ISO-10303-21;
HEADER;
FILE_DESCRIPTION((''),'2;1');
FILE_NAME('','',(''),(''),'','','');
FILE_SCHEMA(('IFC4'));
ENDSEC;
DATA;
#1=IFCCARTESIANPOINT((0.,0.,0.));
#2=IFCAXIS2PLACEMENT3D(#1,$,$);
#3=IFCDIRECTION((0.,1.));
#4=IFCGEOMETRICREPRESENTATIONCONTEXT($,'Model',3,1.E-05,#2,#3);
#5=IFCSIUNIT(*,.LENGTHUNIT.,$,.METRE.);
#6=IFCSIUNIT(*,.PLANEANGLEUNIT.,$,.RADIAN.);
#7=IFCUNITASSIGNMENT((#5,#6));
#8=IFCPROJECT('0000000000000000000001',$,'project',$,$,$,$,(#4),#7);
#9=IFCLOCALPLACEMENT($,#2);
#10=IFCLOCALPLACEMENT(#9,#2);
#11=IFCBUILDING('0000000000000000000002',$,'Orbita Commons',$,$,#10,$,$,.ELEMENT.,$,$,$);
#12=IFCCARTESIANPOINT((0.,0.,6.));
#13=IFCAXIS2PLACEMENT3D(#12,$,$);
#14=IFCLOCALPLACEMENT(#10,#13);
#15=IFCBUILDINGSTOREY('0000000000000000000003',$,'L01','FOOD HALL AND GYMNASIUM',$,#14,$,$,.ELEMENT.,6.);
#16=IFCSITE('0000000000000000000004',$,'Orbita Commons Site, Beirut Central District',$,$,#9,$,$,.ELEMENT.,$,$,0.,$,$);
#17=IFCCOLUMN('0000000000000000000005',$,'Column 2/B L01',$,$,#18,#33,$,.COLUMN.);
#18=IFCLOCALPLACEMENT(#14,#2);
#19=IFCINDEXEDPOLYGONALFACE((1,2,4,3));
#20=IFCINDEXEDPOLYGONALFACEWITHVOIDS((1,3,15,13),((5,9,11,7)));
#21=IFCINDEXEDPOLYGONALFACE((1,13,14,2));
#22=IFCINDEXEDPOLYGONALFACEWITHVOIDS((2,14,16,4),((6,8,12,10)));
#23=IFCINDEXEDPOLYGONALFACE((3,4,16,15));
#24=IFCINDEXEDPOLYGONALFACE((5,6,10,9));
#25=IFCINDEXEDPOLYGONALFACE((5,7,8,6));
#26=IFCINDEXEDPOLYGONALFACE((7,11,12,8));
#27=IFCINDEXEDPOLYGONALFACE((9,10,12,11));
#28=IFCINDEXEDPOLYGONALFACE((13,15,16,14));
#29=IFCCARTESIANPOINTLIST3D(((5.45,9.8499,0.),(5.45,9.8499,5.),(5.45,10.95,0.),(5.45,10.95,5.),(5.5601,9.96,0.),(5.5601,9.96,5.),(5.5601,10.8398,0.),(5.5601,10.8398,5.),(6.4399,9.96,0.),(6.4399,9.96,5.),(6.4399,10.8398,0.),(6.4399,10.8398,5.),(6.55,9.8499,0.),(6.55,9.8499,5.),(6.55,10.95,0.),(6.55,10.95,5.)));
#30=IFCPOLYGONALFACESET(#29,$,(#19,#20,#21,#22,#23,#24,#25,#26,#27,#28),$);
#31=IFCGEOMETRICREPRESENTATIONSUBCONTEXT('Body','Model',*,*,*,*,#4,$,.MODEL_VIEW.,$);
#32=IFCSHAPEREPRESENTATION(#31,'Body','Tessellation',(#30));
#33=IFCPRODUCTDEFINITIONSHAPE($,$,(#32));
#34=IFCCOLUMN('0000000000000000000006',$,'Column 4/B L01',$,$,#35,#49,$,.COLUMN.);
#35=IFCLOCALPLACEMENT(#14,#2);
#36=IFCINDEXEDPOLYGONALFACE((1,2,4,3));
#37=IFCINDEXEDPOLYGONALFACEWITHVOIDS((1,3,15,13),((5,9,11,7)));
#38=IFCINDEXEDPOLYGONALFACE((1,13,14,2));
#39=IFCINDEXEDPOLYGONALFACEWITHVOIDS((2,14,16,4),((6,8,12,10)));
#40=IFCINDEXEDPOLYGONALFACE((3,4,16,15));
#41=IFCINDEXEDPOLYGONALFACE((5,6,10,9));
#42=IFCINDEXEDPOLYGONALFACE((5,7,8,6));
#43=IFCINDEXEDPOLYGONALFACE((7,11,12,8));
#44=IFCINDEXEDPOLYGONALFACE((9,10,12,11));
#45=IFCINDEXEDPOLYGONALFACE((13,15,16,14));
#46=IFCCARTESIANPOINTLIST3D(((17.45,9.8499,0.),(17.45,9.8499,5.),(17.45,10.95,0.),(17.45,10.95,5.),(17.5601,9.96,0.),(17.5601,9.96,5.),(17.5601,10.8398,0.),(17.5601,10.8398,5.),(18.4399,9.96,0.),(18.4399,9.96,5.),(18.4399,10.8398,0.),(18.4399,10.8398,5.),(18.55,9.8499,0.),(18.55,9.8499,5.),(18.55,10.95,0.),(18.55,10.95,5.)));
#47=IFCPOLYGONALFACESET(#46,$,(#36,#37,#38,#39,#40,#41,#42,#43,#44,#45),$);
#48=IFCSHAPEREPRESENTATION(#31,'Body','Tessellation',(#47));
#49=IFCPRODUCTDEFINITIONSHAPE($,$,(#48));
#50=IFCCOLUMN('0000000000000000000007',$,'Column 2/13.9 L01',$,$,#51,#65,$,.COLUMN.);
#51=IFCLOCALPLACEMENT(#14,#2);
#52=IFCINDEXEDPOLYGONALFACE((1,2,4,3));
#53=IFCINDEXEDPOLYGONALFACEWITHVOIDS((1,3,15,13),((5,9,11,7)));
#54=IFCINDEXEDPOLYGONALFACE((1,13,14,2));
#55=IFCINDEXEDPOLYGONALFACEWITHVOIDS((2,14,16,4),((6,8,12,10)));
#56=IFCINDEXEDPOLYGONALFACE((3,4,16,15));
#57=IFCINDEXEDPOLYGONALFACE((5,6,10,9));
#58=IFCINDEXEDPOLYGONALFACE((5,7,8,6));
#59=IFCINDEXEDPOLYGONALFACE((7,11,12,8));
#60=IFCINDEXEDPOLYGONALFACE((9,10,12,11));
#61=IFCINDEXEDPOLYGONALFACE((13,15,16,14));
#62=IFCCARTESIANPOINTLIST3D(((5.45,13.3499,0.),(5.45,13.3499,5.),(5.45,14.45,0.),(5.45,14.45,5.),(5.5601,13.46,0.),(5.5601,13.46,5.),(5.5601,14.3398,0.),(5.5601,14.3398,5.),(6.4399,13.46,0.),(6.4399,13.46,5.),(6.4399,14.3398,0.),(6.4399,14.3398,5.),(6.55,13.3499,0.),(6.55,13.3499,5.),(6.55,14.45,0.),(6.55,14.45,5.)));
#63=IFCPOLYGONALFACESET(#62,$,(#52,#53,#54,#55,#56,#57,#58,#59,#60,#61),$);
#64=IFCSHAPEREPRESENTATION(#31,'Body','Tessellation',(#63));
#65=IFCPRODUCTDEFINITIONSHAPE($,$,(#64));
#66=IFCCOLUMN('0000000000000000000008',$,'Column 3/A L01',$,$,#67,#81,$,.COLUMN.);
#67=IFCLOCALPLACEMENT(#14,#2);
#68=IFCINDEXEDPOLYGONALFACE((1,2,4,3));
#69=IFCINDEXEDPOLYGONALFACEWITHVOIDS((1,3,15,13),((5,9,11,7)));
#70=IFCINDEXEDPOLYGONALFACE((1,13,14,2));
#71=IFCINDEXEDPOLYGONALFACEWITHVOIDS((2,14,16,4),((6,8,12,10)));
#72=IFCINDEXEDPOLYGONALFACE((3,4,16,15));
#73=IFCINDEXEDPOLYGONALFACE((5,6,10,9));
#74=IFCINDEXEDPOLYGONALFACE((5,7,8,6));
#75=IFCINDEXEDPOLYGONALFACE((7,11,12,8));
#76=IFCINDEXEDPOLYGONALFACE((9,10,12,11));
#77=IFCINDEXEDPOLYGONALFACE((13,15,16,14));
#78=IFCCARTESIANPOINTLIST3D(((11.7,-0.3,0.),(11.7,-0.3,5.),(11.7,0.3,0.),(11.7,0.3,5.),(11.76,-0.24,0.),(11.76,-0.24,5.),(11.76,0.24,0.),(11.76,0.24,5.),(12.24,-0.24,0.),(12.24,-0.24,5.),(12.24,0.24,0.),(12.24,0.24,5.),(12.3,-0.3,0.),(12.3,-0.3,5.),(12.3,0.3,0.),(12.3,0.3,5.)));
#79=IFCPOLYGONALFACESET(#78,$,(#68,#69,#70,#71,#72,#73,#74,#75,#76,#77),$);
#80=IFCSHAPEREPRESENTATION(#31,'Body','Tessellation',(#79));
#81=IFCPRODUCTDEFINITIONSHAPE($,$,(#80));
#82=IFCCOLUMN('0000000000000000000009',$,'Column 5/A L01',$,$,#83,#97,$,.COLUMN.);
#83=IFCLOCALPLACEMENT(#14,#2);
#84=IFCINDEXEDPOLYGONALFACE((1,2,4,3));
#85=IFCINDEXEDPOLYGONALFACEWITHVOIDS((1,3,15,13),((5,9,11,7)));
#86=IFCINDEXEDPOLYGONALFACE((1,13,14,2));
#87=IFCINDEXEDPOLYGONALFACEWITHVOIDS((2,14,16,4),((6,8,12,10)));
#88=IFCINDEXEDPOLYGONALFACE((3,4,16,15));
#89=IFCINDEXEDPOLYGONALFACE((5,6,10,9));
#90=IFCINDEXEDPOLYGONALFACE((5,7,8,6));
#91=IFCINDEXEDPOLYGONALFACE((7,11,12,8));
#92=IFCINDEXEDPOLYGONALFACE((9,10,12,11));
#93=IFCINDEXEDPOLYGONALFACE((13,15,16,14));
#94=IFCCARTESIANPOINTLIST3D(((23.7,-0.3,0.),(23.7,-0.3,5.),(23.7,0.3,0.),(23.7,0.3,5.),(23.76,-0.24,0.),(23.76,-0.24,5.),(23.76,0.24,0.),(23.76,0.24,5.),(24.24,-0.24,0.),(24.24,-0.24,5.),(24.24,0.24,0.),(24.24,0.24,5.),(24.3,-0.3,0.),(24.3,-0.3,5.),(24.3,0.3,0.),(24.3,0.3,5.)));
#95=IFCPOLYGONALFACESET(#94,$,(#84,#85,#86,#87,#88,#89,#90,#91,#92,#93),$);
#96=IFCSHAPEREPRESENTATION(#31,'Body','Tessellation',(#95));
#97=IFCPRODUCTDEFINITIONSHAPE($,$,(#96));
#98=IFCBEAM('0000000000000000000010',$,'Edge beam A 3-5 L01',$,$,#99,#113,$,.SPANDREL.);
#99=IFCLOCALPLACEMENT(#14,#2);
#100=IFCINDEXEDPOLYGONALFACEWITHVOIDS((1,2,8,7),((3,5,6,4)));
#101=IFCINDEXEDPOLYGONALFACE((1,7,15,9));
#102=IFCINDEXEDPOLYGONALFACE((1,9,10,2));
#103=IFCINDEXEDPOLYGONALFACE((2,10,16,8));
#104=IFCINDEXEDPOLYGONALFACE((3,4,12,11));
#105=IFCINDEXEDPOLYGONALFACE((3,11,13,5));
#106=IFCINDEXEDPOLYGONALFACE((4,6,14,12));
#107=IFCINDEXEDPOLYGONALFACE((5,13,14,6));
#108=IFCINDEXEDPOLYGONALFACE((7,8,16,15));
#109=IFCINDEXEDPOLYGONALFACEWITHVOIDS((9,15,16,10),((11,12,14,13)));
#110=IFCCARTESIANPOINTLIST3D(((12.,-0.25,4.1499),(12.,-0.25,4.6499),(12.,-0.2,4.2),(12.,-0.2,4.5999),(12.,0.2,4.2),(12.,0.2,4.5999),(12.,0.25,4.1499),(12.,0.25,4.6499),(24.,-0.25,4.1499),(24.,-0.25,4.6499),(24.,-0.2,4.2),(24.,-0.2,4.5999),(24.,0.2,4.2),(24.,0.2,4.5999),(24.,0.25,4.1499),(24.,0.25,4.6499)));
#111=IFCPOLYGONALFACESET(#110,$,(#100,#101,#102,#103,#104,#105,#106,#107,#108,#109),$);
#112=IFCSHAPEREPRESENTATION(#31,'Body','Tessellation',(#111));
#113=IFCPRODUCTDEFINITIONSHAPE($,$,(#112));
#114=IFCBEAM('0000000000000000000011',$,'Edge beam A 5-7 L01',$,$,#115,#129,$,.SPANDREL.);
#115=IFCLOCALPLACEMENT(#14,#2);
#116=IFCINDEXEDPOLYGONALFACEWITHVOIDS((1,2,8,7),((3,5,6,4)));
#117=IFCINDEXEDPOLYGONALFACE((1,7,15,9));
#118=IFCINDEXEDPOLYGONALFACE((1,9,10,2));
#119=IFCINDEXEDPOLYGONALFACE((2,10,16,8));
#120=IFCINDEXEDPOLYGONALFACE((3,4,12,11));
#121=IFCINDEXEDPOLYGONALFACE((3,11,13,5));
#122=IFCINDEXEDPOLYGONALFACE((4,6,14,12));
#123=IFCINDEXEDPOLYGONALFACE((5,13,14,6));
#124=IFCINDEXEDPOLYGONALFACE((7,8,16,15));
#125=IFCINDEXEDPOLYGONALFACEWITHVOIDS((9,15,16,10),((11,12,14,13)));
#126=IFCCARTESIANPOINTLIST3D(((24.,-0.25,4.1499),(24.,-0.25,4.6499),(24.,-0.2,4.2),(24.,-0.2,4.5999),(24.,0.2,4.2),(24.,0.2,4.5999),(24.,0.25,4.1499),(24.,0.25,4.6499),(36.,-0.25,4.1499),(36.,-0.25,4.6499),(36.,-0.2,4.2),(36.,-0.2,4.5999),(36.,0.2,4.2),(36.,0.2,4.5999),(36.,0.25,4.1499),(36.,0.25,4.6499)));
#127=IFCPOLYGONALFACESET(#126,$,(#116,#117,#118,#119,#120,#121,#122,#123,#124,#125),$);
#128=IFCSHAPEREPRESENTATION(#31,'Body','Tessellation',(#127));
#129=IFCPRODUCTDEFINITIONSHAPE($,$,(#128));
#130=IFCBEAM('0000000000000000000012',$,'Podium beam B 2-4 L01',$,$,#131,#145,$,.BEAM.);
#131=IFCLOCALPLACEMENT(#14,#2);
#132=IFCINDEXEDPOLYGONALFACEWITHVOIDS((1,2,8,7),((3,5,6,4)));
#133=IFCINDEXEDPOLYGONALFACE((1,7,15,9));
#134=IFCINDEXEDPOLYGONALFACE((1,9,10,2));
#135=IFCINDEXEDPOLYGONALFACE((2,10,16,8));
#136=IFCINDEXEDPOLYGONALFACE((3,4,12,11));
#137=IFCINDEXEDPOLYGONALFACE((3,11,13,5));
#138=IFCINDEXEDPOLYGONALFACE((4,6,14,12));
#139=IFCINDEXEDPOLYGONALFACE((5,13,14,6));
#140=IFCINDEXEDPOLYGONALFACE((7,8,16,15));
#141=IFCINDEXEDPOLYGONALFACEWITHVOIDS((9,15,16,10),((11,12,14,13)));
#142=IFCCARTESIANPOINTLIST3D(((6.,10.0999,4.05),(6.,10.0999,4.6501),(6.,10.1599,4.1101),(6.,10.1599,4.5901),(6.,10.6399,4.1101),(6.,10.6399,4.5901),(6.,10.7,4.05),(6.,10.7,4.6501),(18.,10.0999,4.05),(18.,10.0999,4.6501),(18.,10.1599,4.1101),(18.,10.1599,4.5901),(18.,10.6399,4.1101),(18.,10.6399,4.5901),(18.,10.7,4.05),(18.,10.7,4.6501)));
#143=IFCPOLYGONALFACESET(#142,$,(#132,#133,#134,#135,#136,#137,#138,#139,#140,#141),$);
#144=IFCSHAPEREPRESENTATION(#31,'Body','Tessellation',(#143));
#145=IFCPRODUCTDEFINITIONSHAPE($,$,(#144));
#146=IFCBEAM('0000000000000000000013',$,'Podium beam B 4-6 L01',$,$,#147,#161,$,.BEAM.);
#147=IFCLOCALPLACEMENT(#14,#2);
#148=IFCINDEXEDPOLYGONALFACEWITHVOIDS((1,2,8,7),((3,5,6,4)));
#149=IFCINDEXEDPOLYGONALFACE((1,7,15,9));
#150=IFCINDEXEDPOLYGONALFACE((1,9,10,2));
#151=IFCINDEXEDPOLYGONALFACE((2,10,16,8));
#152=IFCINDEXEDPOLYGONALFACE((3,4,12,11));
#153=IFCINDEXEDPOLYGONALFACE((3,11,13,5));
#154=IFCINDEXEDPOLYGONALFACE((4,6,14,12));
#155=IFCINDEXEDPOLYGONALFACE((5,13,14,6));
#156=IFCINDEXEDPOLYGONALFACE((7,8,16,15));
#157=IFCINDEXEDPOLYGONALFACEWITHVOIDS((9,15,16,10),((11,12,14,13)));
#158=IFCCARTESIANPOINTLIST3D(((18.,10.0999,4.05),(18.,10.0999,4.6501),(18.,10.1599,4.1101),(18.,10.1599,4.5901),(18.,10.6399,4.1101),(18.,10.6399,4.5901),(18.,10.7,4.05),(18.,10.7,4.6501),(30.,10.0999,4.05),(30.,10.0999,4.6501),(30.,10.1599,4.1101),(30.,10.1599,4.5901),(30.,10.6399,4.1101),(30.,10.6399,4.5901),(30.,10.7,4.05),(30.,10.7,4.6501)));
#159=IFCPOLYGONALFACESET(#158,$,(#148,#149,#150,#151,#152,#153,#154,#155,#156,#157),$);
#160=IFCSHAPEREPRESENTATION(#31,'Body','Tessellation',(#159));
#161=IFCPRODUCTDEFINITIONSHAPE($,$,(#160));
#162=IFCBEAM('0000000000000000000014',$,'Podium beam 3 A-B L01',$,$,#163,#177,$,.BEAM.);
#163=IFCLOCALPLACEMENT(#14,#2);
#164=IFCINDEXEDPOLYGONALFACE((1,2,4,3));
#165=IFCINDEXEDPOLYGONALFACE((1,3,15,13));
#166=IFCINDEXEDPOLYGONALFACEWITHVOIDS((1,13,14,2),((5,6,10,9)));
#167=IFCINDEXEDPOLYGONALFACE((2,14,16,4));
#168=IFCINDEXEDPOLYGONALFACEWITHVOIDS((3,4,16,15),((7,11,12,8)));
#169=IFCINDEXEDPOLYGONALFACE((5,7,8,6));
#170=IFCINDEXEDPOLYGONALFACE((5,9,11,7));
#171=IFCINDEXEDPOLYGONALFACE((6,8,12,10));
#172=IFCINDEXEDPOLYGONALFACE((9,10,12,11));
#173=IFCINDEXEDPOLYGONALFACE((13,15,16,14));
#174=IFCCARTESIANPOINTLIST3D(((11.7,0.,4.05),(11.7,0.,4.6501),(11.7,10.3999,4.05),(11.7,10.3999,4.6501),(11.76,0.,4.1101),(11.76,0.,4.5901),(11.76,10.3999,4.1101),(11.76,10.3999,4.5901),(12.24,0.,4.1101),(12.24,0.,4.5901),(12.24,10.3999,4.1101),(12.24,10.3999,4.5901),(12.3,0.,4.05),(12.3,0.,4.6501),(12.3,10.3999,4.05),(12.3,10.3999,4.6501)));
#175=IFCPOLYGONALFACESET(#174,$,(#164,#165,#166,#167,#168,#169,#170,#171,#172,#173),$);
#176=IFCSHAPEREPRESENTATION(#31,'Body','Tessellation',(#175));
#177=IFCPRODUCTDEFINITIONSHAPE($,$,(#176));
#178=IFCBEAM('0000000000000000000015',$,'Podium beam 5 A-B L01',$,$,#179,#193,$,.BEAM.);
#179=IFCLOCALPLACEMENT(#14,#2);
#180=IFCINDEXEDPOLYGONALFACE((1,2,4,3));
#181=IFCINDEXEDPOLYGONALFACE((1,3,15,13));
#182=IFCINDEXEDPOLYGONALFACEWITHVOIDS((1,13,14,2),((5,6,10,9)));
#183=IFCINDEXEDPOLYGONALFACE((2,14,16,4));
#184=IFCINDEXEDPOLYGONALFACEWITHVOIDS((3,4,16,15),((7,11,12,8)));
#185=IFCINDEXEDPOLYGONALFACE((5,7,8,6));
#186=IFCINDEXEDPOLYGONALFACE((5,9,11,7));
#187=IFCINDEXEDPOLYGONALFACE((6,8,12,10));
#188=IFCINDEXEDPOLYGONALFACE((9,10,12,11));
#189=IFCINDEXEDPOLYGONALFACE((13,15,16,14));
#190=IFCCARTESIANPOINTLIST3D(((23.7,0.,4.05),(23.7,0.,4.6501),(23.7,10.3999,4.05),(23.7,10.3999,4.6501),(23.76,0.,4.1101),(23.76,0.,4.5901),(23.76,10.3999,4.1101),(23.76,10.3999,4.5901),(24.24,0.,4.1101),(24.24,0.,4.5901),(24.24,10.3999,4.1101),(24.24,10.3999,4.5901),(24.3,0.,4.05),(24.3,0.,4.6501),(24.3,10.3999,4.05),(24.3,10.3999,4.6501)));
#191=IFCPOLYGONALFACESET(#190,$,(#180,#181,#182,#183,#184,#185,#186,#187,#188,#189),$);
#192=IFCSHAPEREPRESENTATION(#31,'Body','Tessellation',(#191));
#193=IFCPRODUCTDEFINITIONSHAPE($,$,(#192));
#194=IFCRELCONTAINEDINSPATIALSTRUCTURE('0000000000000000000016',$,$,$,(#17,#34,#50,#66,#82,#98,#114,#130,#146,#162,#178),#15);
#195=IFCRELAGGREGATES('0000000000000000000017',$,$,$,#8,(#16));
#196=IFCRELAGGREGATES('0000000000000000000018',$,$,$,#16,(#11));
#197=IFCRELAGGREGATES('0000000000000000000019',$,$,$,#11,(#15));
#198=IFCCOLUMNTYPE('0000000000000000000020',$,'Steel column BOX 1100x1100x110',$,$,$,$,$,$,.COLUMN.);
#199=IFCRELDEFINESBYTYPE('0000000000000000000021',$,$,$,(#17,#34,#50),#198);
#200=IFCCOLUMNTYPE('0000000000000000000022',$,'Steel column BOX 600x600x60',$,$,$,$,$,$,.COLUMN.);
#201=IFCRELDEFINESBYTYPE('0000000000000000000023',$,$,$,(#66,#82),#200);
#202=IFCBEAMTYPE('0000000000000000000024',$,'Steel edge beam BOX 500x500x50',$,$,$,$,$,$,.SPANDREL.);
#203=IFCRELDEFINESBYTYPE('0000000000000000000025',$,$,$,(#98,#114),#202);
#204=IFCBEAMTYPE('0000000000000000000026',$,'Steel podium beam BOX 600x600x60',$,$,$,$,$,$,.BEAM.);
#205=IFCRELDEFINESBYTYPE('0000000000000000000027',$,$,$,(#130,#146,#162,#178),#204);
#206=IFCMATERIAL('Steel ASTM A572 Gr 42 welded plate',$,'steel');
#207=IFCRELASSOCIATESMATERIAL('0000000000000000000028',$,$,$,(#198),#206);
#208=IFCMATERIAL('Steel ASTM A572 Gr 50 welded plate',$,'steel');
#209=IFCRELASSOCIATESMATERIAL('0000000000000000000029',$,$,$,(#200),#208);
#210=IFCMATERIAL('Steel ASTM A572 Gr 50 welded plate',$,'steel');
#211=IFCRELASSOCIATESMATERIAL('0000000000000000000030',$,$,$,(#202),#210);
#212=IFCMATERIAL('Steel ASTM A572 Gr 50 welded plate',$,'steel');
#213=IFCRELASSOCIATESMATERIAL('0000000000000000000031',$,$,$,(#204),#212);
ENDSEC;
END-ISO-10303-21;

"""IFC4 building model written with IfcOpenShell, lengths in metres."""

from ifc_helpers import new_model, si_unit, direction, frame, origin, origin_2d, place, context, subcontext, project, spatial, hollow_rectangle, extrude, material, material_profile, profile_set, type_object, element, save


model = new_model("IFC4")

# Units and contexts
model_context = context("Model", 3, precision=1e-05, world=origin(), true_north=direction((0.0, 1.0)))
body_context = subcontext(model_context, "Body", "Model", "MODEL_VIEW")
ifc_project = project(units=[si_unit("LENGTHUNIT", "METRE"), si_unit("PLANEANGLEUNIT", "RADIAN")], contexts=[model_context])

# Site, building, storey
site_placement = place(None, origin())
site = spatial("IfcSite", under=ifc_project, at=site_placement, Name="Orbita Commons Site, Beirut Central District", CompositionType="ELEMENT", RefElevation=0.0)
building_placement = place(site_placement, origin())
building = spatial("IfcBuilding", under=site, at=building_placement, Name="Orbita Commons", CompositionType="ELEMENT")
storey_placement = place(building_placement, frame((0.0, 0.0, 6.0)))
storey = spatial("IfcBuildingStorey", under=building, at=storey_placement, Name="L01", Description="FOOD HALL AND GYMNASIUM", CompositionType="ELEMENT", Elevation=6.0)

# Columns
ifc_material_1 = material(Name="Steel ASTM A572 Gr 42 welded plate", Category="steel")
ifc_material_profile_1 = material_profile(ifc_material_1, hollow_rectangle(XDim=1.1001, YDim=1.1001, WallThickness=0.1101, at=origin_2d()), Name="BOX 1100x1100x110")
ifc_profile_set_1 = profile_set([ifc_material_profile_1], Name="Steel ASTM A572 Gr 42 welded plate")
column_type_1 = type_object("IfcColumnType", Name="Steel column BOX 1100x1100x110", PredefinedType="COLUMN", material=ifc_profile_set_1)
for number, where, z_axis, x_axis, name in (
    (1, (6.0, 10.3999, 0.0), (0.0, 0.0, 1.0), (1.0, 0.0, 0.0), "Column 2/B L01"),
    (2, (18.0, 10.3999, 0.0), (0.0, 0.0, 1.0), (1.0, 0.0, 0.0), "Column 4/B L01"),
    (3, (6.0, 13.8999, 0.0), (0.0, 0.0, 1.0), (1.0, 0.0, 0.0), "Column 2/13.9 L01"),
):
    element("IfcColumn", number, at=place(storey_placement, frame(where, z_axis=z_axis, x_axis=x_axis)), inside=storey, type_object=column_type_1, Name=name, PredefinedType="COLUMN", context=body_context, shape_type="SweptSolid", body=[
        extrude(hollow_rectangle(XDim=1.1001, YDim=1.1001, WallThickness=0.1101, at=origin_2d()), origin(), (0.0, 0.0, 1.0), 5.0),
    ])
ifc_material_2 = material(Name="Steel ASTM A572 Gr 50 welded plate", Category="steel")
ifc_material_profile_2 = material_profile(ifc_material_2, hollow_rectangle(XDim=0.6001, YDim=0.6001, WallThickness=0.0601, at=origin_2d()), Name="BOX 600x600x60")
ifc_profile_set_2 = profile_set([ifc_material_profile_2], Name="Steel ASTM A572 Gr 50 welded plate")
column_type_2 = type_object("IfcColumnType", Name="Steel column BOX 600x600x60", PredefinedType="COLUMN", material=ifc_profile_set_2)
for number, where, z_axis, x_axis, name in (
    (4, (12.0, 0.0, 0.0), (0.0, 0.0, 1.0), (1.0, 0.0, 0.0), "Column 3/A L01"),
    (5, (24.0, 0.0, 0.0), (0.0, 0.0, 1.0), (1.0, 0.0, 0.0), "Column 5/A L01"),
):
    element("IfcColumn", number, at=place(storey_placement, frame(where, z_axis=z_axis, x_axis=x_axis)), inside=storey, type_object=column_type_2, Name=name, PredefinedType="COLUMN", context=body_context, shape_type="SweptSolid", body=[
        extrude(hollow_rectangle(XDim=0.6001, YDim=0.6001, WallThickness=0.0601, at=origin_2d()), origin(), (0.0, 0.0, 1.0), 5.0),
    ])

# Beams
ifc_material_3 = material(Name="Steel ASTM A572 Gr 50 welded plate", Category="steel")
ifc_material_profile_3 = material_profile(ifc_material_3, hollow_rectangle(XDim=0.5, YDim=0.5, WallThickness=0.05, at=origin_2d()), Name="BOX 500x500x50")
ifc_profile_set_3 = profile_set([ifc_material_profile_3], Name="Steel ASTM A572 Gr 50 welded plate")
beam_type_1 = type_object("IfcBeamType", Name="Steel edge beam BOX 500x500x50", PredefinedType="SPANDREL", material=ifc_profile_set_3)
for number, where, z_axis, x_axis, name in (
    (6, (12.0, 0.0, 4.3999), (1.0, 0.0, 0.0), (0.0, 1.0, 0.0), "Edge beam A 3-5 L01"),
    (7, (24.0, 0.0, 4.3999), (1.0, 0.0, 0.0), (0.0, 1.0, 0.0), "Edge beam A 5-7 L01"),
):
    element("IfcBeam", number, at=place(storey_placement, frame(where, z_axis=z_axis, x_axis=x_axis)), inside=storey, type_object=beam_type_1, Name=name, PredefinedType="SPANDREL", context=body_context, shape_type="SweptSolid", body=[
        extrude(hollow_rectangle(XDim=0.5, YDim=0.5, WallThickness=0.05, at=origin_2d()), origin(), (0.0, 0.0, 1.0), 12.0),
    ])
ifc_material_4 = material(Name="Steel ASTM A572 Gr 50 welded plate", Category="steel")
ifc_material_profile_4 = material_profile(ifc_material_4, hollow_rectangle(XDim=0.6001, YDim=0.6001, WallThickness=0.0601, at=origin_2d()), Name="BOX 600x600x60")
ifc_profile_set_4 = profile_set([ifc_material_profile_4], Name="Steel ASTM A572 Gr 50 welded plate")
beam_type_2 = type_object("IfcBeamType", Name="Steel podium beam BOX 600x600x60", PredefinedType="BEAM", material=ifc_profile_set_4)
for number, where, z_axis, x_axis, name in (
    (8, (6.0, 10.3999, 4.3501), (1.0, 0.0, 0.0), (0.0, 1.0, 0.0), "Podium beam B 2-4 L01"),
    (9, (18.0, 10.3999, 4.3501), (1.0, 0.0, 0.0), (0.0, 1.0, 0.0), "Podium beam B 4-6 L01"),
):
    element("IfcBeam", number, at=place(storey_placement, frame(where, z_axis=z_axis, x_axis=x_axis)), inside=storey, type_object=beam_type_2, Name=name, PredefinedType="BEAM", context=body_context, shape_type="SweptSolid", body=[
        extrude(hollow_rectangle(XDim=0.6001, YDim=0.6001, WallThickness=0.0601, at=origin_2d()), origin(), (0.0, 0.0, 1.0), 12.0),
    ])
for number, where, z_axis, x_axis, name in (
    (10, (12.0, 0.0, 4.3501), (0.0, 1.0, 0.0), (-1.0, 0.0, 0.0), "Podium beam 3 A-B L01"),
    (11, (24.0, 0.0, 4.3501), (0.0, 1.0, 0.0), (-1.0, 0.0, 0.0), "Podium beam 5 A-B L01"),
):
    element("IfcBeam", number, at=place(storey_placement, frame(where, z_axis=z_axis, x_axis=x_axis)), inside=storey, type_object=beam_type_2, Name=name, PredefinedType="BEAM", context=body_context, shape_type="SweptSolid", body=[
        extrude(hollow_rectangle(XDim=0.6001, YDim=0.6001, WallThickness=0.0601, at=origin_2d()), origin(), (0.0, 0.0, 1.0), 10.3999),
    ])

save(model, "model.ifc")
